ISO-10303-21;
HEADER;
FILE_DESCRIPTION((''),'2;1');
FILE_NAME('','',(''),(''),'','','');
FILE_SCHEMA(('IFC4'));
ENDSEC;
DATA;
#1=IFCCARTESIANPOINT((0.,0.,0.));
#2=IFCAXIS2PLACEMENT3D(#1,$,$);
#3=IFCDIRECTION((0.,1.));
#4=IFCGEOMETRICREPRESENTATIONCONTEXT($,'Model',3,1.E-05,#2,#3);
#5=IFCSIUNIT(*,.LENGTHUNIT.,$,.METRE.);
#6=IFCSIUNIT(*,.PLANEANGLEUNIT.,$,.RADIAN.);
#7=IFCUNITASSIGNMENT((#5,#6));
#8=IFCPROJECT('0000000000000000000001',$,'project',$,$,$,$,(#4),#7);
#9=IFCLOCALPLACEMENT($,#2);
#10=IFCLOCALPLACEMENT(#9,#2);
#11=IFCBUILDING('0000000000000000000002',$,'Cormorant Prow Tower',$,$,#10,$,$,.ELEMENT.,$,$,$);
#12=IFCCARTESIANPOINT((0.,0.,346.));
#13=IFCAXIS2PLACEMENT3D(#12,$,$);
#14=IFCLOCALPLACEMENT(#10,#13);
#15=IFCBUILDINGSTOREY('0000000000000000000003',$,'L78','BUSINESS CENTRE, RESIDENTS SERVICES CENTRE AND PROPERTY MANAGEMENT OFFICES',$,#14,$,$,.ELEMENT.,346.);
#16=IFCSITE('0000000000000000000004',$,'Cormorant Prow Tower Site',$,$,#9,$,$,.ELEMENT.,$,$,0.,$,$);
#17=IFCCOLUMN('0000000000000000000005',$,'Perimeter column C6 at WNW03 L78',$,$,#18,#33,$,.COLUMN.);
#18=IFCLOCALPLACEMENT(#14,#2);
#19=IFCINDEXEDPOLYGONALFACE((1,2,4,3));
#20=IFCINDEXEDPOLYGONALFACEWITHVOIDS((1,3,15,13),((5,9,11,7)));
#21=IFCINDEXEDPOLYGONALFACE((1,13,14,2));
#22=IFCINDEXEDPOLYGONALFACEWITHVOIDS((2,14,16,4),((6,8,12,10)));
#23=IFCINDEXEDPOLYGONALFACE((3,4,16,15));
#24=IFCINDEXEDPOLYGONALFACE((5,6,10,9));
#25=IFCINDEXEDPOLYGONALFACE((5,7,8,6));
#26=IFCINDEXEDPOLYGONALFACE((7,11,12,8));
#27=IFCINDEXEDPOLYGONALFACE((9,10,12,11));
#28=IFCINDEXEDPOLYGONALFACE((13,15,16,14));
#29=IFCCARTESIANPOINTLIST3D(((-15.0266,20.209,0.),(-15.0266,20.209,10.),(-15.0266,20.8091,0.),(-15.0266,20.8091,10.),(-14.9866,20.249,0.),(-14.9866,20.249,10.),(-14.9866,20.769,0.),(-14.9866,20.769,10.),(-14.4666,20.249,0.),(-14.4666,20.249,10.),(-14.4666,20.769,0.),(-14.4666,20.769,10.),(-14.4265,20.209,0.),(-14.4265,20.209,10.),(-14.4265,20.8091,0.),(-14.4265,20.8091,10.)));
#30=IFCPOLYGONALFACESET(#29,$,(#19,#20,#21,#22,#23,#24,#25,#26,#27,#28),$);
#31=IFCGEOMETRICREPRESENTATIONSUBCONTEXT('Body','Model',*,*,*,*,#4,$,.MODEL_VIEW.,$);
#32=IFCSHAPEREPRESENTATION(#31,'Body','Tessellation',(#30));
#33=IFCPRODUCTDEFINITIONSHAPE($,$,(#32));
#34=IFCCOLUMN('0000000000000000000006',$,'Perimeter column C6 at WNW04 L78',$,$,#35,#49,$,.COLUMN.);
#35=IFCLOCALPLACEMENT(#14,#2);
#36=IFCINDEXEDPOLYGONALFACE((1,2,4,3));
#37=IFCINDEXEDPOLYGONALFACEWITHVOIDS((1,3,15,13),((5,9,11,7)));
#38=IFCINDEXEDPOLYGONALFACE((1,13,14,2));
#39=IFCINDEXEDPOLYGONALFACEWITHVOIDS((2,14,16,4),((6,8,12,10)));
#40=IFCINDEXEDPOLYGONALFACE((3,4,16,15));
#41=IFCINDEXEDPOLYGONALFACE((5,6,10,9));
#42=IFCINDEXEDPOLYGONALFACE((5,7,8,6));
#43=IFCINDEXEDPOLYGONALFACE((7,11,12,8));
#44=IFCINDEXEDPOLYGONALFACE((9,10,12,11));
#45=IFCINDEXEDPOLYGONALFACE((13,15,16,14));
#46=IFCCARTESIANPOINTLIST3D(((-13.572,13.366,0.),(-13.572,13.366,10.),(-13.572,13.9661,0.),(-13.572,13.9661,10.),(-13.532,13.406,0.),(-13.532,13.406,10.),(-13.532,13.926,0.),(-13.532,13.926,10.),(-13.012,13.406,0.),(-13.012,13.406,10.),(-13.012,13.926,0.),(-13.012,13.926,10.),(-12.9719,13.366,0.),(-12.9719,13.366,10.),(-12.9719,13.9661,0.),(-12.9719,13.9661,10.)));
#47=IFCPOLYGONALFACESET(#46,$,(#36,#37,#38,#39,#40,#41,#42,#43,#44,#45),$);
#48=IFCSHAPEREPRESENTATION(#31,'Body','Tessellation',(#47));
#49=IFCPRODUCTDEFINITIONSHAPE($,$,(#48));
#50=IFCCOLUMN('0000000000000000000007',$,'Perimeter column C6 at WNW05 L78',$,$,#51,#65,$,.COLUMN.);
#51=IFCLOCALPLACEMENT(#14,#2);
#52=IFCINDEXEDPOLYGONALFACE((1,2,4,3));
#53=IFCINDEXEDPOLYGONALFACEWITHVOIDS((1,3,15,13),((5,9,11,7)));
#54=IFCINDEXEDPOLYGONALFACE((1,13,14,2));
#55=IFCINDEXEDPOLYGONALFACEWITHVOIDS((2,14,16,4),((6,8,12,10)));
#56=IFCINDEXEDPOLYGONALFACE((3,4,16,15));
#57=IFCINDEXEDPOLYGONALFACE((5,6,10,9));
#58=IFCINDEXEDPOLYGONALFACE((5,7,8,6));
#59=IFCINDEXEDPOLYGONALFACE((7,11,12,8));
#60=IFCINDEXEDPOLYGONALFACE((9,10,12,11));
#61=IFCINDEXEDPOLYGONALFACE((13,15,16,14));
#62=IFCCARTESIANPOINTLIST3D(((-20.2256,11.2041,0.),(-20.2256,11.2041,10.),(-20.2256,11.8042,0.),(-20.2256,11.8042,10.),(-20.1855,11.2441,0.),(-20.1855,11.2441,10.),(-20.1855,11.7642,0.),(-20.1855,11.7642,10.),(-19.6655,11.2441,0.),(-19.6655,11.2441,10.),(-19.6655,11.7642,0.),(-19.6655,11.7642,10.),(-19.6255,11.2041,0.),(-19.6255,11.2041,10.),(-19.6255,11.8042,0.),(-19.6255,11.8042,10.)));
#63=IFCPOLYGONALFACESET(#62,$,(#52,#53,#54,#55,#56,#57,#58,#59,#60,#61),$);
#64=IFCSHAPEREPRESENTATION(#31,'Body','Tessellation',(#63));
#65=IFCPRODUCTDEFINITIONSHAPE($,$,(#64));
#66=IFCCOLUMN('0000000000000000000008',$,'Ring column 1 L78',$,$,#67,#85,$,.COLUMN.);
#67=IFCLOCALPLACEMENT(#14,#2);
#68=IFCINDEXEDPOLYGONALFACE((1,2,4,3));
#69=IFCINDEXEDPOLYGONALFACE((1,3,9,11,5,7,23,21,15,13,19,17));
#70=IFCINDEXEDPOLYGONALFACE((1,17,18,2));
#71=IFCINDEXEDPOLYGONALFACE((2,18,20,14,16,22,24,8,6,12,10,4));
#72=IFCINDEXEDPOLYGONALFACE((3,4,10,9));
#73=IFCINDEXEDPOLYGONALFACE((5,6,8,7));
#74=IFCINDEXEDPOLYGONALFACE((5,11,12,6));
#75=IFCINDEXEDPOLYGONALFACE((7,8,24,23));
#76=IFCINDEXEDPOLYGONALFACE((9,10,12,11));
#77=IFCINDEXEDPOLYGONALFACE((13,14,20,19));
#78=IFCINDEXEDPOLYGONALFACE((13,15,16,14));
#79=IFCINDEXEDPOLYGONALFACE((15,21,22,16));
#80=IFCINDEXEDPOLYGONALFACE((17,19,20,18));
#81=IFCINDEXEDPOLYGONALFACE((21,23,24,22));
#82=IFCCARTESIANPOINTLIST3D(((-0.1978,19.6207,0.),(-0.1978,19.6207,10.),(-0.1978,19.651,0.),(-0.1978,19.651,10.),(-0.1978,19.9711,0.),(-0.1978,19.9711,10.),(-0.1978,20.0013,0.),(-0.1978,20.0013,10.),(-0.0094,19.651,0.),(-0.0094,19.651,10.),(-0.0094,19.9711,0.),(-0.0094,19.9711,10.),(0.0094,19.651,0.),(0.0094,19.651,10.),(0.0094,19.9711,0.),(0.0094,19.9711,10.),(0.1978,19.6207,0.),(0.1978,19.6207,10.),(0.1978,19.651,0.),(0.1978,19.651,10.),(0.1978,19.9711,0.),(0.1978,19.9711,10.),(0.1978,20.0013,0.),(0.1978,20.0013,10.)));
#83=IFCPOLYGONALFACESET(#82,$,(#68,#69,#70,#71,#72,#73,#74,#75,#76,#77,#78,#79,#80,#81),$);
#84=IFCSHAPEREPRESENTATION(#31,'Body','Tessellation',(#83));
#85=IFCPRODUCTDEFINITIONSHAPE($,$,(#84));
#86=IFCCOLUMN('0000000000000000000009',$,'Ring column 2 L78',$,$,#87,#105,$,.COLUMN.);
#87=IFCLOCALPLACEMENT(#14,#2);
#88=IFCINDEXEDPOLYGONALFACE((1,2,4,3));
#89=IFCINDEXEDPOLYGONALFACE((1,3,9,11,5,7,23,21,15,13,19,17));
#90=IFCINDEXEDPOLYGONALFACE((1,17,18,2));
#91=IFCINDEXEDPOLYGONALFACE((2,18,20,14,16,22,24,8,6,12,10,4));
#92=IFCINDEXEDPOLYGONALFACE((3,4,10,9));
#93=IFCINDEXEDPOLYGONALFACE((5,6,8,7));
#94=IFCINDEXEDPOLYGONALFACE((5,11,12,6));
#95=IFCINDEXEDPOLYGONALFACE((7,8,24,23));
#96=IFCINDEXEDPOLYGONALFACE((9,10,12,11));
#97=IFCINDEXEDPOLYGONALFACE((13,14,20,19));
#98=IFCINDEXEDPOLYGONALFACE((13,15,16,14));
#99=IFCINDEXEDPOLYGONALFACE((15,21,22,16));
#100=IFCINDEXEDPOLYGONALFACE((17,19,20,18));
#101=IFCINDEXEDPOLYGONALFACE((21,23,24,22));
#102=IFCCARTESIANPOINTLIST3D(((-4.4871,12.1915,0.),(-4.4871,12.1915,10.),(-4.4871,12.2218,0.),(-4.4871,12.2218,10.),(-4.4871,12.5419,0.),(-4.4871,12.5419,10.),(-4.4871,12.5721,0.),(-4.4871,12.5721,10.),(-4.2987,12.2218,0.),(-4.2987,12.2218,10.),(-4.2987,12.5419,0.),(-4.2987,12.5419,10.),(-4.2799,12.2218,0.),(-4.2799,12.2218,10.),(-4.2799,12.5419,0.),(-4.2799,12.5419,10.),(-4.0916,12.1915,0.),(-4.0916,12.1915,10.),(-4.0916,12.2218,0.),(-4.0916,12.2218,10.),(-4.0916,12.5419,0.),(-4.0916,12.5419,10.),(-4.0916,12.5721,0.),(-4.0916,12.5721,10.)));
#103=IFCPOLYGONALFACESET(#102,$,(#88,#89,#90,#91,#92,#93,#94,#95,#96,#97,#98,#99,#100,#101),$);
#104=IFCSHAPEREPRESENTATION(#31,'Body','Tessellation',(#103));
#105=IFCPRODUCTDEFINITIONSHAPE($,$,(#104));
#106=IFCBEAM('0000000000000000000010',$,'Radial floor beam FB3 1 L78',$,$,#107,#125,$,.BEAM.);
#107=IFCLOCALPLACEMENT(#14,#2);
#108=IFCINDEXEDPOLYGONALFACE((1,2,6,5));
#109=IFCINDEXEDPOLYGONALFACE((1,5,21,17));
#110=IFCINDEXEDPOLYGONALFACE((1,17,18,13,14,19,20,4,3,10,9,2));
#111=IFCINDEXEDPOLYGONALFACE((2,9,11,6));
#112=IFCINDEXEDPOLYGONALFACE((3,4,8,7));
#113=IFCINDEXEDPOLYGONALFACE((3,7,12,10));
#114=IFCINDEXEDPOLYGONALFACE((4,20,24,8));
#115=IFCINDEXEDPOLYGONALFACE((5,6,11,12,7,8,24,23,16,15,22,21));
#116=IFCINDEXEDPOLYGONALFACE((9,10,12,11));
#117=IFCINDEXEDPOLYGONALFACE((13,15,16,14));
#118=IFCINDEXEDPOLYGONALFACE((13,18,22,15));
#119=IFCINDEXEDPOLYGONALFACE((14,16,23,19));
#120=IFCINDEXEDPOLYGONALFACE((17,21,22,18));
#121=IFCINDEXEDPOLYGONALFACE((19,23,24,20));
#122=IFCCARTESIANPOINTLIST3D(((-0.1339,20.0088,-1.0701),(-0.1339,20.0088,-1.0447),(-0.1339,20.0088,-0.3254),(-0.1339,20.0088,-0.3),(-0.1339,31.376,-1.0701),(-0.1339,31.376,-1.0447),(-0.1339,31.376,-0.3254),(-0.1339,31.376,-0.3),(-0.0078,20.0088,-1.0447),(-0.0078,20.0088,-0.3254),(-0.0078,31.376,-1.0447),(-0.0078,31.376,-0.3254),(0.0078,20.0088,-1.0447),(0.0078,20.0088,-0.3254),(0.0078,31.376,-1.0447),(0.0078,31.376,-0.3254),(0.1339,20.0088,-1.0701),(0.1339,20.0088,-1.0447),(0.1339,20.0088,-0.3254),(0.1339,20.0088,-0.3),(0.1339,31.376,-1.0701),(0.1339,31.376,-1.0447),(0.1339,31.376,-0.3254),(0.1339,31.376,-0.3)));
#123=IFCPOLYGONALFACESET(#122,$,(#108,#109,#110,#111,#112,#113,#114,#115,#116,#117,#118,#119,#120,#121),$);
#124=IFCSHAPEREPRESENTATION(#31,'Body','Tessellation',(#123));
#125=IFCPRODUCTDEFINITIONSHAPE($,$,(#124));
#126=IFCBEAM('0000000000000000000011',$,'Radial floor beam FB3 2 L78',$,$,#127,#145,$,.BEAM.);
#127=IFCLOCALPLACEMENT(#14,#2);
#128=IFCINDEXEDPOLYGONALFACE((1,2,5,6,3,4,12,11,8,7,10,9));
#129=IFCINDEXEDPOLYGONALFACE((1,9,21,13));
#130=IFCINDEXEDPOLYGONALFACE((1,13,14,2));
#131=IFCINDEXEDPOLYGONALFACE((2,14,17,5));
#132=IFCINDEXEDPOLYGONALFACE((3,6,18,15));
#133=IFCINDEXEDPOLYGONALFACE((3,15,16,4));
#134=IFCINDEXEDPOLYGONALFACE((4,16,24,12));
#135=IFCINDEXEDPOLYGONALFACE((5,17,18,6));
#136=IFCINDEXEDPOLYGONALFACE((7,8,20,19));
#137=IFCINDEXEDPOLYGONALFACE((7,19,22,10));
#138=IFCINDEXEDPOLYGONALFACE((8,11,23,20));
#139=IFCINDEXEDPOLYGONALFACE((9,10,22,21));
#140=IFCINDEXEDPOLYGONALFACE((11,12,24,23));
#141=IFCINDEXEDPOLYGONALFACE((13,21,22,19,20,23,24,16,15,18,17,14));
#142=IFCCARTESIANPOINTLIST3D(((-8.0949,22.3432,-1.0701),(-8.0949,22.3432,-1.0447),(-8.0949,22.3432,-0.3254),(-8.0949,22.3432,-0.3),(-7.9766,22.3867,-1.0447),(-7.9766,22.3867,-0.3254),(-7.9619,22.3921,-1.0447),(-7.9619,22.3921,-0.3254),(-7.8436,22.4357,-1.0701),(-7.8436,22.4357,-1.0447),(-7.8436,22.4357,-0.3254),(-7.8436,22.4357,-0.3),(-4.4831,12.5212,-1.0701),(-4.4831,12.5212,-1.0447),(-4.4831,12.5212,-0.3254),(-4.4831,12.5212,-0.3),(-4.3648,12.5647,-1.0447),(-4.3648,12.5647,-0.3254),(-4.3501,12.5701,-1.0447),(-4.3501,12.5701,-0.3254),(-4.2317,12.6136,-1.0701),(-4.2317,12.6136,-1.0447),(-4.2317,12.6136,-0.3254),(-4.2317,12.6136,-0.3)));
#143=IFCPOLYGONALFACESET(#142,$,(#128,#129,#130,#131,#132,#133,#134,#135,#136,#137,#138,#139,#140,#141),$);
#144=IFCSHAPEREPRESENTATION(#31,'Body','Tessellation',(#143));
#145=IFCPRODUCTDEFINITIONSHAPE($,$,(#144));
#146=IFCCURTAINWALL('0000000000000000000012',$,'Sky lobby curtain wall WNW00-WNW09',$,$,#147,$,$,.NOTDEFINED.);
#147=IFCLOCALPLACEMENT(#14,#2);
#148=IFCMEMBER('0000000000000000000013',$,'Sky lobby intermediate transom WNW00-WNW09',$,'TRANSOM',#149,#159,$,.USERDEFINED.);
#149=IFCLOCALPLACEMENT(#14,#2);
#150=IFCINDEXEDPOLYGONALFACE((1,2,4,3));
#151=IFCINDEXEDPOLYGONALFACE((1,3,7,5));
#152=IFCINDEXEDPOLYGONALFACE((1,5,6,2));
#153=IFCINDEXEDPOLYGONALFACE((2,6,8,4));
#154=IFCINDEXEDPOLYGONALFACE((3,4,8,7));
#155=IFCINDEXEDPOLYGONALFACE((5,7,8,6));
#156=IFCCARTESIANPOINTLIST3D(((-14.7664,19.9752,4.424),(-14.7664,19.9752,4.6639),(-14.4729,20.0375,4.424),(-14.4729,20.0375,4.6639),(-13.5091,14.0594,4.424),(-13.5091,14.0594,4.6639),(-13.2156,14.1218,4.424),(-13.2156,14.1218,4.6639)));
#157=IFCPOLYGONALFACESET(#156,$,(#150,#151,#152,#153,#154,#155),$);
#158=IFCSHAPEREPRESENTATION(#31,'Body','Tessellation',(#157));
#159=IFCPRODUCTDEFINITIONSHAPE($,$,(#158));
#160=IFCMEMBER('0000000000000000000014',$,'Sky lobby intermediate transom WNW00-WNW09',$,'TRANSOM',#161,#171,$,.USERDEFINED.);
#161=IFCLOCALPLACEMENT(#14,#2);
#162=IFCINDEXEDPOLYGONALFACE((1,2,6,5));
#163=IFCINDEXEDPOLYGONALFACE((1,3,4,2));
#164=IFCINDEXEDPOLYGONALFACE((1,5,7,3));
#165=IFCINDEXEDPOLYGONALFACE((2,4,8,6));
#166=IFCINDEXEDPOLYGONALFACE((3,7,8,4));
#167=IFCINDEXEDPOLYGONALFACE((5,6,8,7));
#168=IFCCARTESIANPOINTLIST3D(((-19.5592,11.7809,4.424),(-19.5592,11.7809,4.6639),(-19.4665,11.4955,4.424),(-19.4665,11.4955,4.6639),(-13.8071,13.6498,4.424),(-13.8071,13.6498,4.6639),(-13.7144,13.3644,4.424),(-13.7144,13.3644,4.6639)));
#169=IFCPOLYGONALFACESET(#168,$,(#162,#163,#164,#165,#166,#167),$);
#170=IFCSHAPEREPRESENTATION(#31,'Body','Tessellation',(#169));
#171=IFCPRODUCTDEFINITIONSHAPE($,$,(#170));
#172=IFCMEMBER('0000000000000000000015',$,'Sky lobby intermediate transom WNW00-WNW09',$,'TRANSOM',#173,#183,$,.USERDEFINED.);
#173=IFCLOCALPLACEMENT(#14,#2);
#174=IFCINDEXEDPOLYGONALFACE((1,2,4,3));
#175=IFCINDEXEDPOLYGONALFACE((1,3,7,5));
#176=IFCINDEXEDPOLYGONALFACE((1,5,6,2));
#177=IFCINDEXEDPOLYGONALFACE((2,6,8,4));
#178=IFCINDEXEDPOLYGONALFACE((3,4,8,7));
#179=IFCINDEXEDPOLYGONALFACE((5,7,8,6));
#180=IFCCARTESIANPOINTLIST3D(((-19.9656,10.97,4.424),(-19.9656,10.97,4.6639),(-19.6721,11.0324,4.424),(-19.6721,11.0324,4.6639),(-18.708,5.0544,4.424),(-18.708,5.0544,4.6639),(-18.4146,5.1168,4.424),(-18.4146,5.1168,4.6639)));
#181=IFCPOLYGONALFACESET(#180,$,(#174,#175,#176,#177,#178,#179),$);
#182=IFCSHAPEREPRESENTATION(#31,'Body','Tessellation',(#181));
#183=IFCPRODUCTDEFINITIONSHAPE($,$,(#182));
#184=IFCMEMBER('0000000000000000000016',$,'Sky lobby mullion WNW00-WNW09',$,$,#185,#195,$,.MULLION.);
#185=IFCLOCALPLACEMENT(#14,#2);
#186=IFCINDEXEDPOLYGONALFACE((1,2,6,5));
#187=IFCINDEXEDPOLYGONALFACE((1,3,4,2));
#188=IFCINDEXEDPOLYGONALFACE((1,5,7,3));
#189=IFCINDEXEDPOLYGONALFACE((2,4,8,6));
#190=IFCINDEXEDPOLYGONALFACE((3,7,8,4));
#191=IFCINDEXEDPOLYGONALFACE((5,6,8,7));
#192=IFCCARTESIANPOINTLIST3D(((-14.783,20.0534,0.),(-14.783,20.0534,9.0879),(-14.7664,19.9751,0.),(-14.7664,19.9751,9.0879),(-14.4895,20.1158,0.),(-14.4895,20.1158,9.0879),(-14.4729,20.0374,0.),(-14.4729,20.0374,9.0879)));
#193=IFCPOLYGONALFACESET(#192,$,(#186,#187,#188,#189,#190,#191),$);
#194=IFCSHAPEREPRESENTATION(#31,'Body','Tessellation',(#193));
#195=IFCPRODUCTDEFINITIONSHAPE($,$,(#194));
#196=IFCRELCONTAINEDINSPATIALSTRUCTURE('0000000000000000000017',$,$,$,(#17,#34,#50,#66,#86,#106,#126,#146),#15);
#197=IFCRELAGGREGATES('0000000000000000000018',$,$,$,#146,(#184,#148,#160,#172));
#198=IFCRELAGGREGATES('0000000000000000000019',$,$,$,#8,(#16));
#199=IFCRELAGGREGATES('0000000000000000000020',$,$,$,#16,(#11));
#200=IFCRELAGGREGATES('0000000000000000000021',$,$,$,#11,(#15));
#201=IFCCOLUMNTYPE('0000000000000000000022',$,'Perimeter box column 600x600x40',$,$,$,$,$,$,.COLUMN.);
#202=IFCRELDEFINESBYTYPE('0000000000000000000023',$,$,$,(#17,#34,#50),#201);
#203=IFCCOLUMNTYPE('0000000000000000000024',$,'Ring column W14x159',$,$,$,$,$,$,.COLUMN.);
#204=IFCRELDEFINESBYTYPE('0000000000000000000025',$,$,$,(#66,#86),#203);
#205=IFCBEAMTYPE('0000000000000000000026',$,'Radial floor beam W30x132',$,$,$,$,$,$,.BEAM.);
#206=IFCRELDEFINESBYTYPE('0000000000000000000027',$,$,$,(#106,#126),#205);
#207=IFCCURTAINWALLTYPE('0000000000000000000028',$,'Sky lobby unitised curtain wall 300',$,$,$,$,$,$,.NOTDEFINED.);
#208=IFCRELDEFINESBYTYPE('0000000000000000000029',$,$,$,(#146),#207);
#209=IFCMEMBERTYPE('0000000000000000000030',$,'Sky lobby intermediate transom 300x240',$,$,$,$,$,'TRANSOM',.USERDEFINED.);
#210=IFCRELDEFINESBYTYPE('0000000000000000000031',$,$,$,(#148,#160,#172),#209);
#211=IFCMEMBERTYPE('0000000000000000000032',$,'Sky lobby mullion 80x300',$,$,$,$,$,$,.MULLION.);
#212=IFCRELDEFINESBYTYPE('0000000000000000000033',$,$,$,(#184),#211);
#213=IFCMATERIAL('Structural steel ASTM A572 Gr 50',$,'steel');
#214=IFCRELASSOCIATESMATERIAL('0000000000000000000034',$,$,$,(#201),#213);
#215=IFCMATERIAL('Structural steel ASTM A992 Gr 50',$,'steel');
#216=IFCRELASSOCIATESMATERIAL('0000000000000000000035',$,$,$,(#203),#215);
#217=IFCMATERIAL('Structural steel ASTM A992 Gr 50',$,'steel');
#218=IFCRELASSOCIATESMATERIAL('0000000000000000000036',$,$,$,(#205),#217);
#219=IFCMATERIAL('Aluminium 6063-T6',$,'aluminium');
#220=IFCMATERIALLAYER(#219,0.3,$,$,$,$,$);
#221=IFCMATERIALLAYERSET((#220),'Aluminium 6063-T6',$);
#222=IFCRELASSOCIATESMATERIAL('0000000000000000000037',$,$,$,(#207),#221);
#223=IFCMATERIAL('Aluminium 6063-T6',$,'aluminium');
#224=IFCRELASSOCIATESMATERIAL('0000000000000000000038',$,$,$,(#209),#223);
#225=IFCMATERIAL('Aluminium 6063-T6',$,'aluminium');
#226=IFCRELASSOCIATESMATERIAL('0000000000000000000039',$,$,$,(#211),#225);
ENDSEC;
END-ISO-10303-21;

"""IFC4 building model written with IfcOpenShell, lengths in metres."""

from ifc_helpers import new_model, si_unit, direction, frame, origin, origin_2d, place, context, subcontext, project, spatial, rectangle, hollow_rectangle, i_section, extrude, material, layer, layer_set, material_profile, profile_set, type_object, element, aggregate, save


model = new_model("IFC4")

# Units and contexts
model_context = context("Model", 3, precision=1e-05, world=origin(), true_north=direction((0.0, 1.0)))
body_context = subcontext(model_context, "Body", "Model", "MODEL_VIEW")
ifc_project = project(units=[si_unit("LENGTHUNIT", "METRE"), si_unit("PLANEANGLEUNIT", "RADIAN")], contexts=[model_context])

# Site, building, storey
site_placement = place(None, origin())
site = spatial("IfcSite", under=ifc_project, at=site_placement, Name="Cormorant Prow Tower Site", CompositionType="ELEMENT", RefElevation=0.0)
building_placement = place(site_placement, origin())
building = spatial("IfcBuilding", under=site, at=building_placement, Name="Cormorant Prow Tower", CompositionType="ELEMENT")
storey_placement = place(building_placement, frame((0.0, 0.0, 346.0)))
storey = spatial("IfcBuildingStorey", under=building, at=storey_placement, Name="L78", Description="BUSINESS CENTRE, RESIDENTS SERVICES CENTRE AND PROPERTY MANAGEMENT OFFICES", CompositionType="ELEMENT", Elevation=346.0)

# Columns
ifc_material_1 = material(Name="Structural steel ASTM A572 Gr 50", Category="steel")
ifc_material_profile_1 = material_profile(ifc_material_1, hollow_rectangle(XDim=0.6001, YDim=0.6001, WallThickness=0.04, at=origin_2d()), Name="Box 600x600x40")
ifc_profile_set_1 = profile_set([ifc_material_profile_1], Name="Structural steel ASTM A572 Gr 50")
column_type_1 = type_object("IfcColumnType", Name="Perimeter box column 600x600x40", PredefinedType="COLUMN", material=ifc_profile_set_1)
for number, where, z_axis, x_axis, name in (
    (1, (-14.7266, 20.509, 0.0), (0.0, 0.0, 1.0), (1.0, 0.0, 0.0), "Perimeter column C6 at WNW03 L78"),
    (2, (-13.272, 13.666, 0.0), (0.0, 0.0, 1.0), (1.0, 0.0, 0.0), "Perimeter column C6 at WNW04 L78"),
    (3, (-19.9255, 11.5042, 0.0), (0.0, 0.0, 1.0), (1.0, 0.0, 0.0), "Perimeter column C6 at WNW05 L78"),
):
    element("IfcColumn", number, at=place(storey_placement, frame(where, z_axis=z_axis, x_axis=x_axis)), inside=storey, type_object=column_type_1, Name=name, PredefinedType="COLUMN", context=body_context, shape_type="SweptSolid", body=[
        extrude(hollow_rectangle(XDim=0.6001, YDim=0.6001, WallThickness=0.04, at=origin_2d()), origin(), (0.0, 0.0, 1.0), 10.0),
    ])
ifc_material_2 = material(Name="Structural steel ASTM A992 Gr 50", Category="steel")
ifc_material_profile_2 = material_profile(ifc_material_2, i_section(OverallWidth=0.3955, OverallDepth=0.3806, WebThickness=0.0188, FlangeThickness=0.0303, at=origin_2d()), Name="W14x159")
ifc_profile_set_2 = profile_set([ifc_material_profile_2], Name="Structural steel ASTM A992 Gr 50")
column_type_2 = type_object("IfcColumnType", Name="Ring column W14x159", PredefinedType="COLUMN", material=ifc_profile_set_2)
for number, where, z_axis, x_axis, name in (
    (4, (0.0, 19.811, 0.0), (0.0, 0.0, 1.0), (1.0, 0.0, 0.0), "Ring column 1 L78"),
    (5, (-4.2893, 12.3818, 0.0), (0.0, 0.0, 1.0), (1.0, 0.0, 0.0), "Ring column 2 L78"),
):
    element("IfcColumn", number, at=place(storey_placement, frame(where, z_axis=z_axis, x_axis=x_axis)), inside=storey, type_object=column_type_2, Name=name, PredefinedType="COLUMN", context=body_context, shape_type="SweptSolid", body=[
        extrude(i_section(OverallWidth=0.3955, OverallDepth=0.3806, WebThickness=0.0188, FlangeThickness=0.0303, at=origin_2d()), origin(), (0.0, 0.0, 1.0), 10.0),
    ])

# Beams
ifc_material_3 = material(Name="Structural steel ASTM A992 Gr 50", Category="steel")
ifc_material_profile_3 = material_profile(ifc_material_3, i_section(OverallWidth=0.2678, OverallDepth=0.77, WebThickness=0.0156, FlangeThickness=0.0254, at=origin_2d()), Name="W30x132")
ifc_profile_set_3 = profile_set([ifc_material_profile_3], Name="Structural steel ASTM A992 Gr 50")
beam_type_1 = type_object("IfcBeamType", Name="Radial floor beam W30x132", PredefinedType="BEAM", material=ifc_profile_set_3)
beam_1_placement = place(storey_placement, frame((0.0, 20.0088, -0.6851), z_axis=(0.0, 1.0, 0.0), x_axis=(-1.0, 0.0, 0.0)))
element("IfcBeam", 6, at=beam_1_placement, inside=storey, type_object=beam_type_1, Name="Radial floor beam FB3 1 L78", PredefinedType="BEAM", context=body_context, shape_type="SweptSolid", body=[
    extrude(i_section(OverallWidth=0.2678, OverallDepth=0.77, WebThickness=0.0156, FlangeThickness=0.0254, at=origin_2d()), origin(), (0.0, 0.0, 1.0), 11.3672),
])
beam_2_placement = place(storey_placement, frame((-4.3574, 12.5674, -0.6851), z_axis=(-0.345131, 0.938554, 0.0), x_axis=(-0.938554, -0.345131, 0.0)))
element("IfcBeam", 7, at=beam_2_placement, inside=storey, type_object=beam_type_1, Name="Radial floor beam FB3 2 L78", PredefinedType="BEAM", context=body_context, shape_type="SweptSolid", body=[
    extrude(i_section(OverallWidth=0.2678, OverallDepth=0.77, WebThickness=0.0156, FlangeThickness=0.0254, at=origin_2d()), origin(), (0.0, 0.0, 1.0), 10.4651),
])

# Curtain wall, members
ifc_material_4 = material(Name="Aluminium 6063-T6", Category="aluminium")
ifc_layer_1 = layer(ifc_material_4, 0.3)
ifc_layer_set_1 = layer_set([ifc_layer_1], Name="Aluminium 6063-T6")
curtain_wall_type = type_object("IfcCurtainWallType", Name="Sky lobby unitised curtain wall 300", PredefinedType="NOTDEFINED", material=ifc_layer_set_1)
curtain_wall_placement = place(storey_placement, origin())
curtain_wall = element("IfcCurtainWall", 8, at=curtain_wall_placement, inside=storey, type_object=curtain_wall_type, Name="Sky lobby curtain wall WNW00-WNW09", PredefinedType="NOTDEFINED")
ifc_material_5 = material(Name="Aluminium 6063-T6", Category="aluminium")
ifc_material_profile_4 = material_profile(ifc_material_5, rectangle(XDim=0.3, YDim=0.24, at=origin_2d()), Name="Sky lobby intermediate transom 300x240")
ifc_profile_set_4 = profile_set([ifc_material_profile_4], Name="Aluminium 6063-T6")
member_type_1 = type_object("IfcMemberType", Name="Sky lobby intermediate transom 300x240", ElementType="TRANSOM", PredefinedType="USERDEFINED", material=ifc_profile_set_4)
member_1_placement = place(storey_placement, frame((-14.6196, 20.0063, 4.5439), z_axis=(0.207894, -0.978151, 0.0), x_axis=(0.978151, 0.207894, 0.0)))
member_1 = element("IfcMember", 9, at=member_1_placement, type_object=member_type_1, Name="Sky lobby intermediate transom WNW00-WNW09", ObjectType="TRANSOM", PredefinedType="USERDEFINED", context=body_context, shape_type="SweptSolid", body=[
    extrude(rectangle(XDim=0.3, YDim=0.24, at=origin_2d()), origin(), (0.0, 0.0, 1.0), 6.0479),
])
member_2_placement = place(storey_placement, frame((-13.7607, 13.5071, 4.5439), z_axis=(-0.951062, -0.309001, 0.0), x_axis=(0.309001, -0.951062, 0.0)))
member_2 = element("IfcMember", 10, at=member_2_placement, type_object=member_type_1, Name="Sky lobby intermediate transom WNW00-WNW09", ObjectType="TRANSOM", PredefinedType="USERDEFINED", context=body_context, shape_type="SweptSolid", body=[
    extrude(rectangle(XDim=0.3, YDim=0.24, at=origin_2d()), origin(), (0.0, 0.0, 1.0), 6.0481),
])
member_3_placement = place(storey_placement, frame((-19.8188, 11.0012, 4.5439), z_axis=(0.207933, -0.978143, 0.0), x_axis=(0.978143, 0.207933, 0.0)))
member_3 = element("IfcMember", 11, at=member_3_placement, type_object=member_type_1, Name="Sky lobby intermediate transom WNW00-WNW09", ObjectType="TRANSOM", PredefinedType="USERDEFINED", context=body_context, shape_type="SweptSolid", body=[
    extrude(rectangle(XDim=0.3, YDim=0.24, at=origin_2d()), origin(), (0.0, 0.0, 1.0), 6.0479),
])
ifc_material_6 = material(Name="Aluminium 6063-T6", Category="aluminium")
ifc_material_profile_5 = material_profile(ifc_material_6, rectangle(XDim=0.3, YDim=0.0801, at=origin_2d()), Name="Sky lobby mullion 80x300")
ifc_profile_set_5 = profile_set([ifc_material_profile_5], Name="Aluminium 6063-T6")
member_type_2 = type_object("IfcMemberType", Name="Sky lobby mullion 80x300", PredefinedType="MULLION", material=ifc_profile_set_5)
member_4_placement = place(storey_placement, frame((-14.6279, 20.0454, 0.0), z_axis=(0.0, 0.0, 1.0), x_axis=(0.978148, 0.207912, 0.0)))
member_4 = element("IfcMember", 12, at=member_4_placement, type_object=member_type_2, Name="Sky lobby mullion WNW00-WNW09", PredefinedType="MULLION", context=body_context, shape_type="SweptSolid", body=[
    extrude(rectangle(XDim=0.3, YDim=0.0801, at=origin_2d()), origin(), (0.0, 0.0, 1.0), 9.0879),
])

aggregate(curtain_wall, [member_4, member_1, member_2, member_3])

save(model, "model.ifc")
